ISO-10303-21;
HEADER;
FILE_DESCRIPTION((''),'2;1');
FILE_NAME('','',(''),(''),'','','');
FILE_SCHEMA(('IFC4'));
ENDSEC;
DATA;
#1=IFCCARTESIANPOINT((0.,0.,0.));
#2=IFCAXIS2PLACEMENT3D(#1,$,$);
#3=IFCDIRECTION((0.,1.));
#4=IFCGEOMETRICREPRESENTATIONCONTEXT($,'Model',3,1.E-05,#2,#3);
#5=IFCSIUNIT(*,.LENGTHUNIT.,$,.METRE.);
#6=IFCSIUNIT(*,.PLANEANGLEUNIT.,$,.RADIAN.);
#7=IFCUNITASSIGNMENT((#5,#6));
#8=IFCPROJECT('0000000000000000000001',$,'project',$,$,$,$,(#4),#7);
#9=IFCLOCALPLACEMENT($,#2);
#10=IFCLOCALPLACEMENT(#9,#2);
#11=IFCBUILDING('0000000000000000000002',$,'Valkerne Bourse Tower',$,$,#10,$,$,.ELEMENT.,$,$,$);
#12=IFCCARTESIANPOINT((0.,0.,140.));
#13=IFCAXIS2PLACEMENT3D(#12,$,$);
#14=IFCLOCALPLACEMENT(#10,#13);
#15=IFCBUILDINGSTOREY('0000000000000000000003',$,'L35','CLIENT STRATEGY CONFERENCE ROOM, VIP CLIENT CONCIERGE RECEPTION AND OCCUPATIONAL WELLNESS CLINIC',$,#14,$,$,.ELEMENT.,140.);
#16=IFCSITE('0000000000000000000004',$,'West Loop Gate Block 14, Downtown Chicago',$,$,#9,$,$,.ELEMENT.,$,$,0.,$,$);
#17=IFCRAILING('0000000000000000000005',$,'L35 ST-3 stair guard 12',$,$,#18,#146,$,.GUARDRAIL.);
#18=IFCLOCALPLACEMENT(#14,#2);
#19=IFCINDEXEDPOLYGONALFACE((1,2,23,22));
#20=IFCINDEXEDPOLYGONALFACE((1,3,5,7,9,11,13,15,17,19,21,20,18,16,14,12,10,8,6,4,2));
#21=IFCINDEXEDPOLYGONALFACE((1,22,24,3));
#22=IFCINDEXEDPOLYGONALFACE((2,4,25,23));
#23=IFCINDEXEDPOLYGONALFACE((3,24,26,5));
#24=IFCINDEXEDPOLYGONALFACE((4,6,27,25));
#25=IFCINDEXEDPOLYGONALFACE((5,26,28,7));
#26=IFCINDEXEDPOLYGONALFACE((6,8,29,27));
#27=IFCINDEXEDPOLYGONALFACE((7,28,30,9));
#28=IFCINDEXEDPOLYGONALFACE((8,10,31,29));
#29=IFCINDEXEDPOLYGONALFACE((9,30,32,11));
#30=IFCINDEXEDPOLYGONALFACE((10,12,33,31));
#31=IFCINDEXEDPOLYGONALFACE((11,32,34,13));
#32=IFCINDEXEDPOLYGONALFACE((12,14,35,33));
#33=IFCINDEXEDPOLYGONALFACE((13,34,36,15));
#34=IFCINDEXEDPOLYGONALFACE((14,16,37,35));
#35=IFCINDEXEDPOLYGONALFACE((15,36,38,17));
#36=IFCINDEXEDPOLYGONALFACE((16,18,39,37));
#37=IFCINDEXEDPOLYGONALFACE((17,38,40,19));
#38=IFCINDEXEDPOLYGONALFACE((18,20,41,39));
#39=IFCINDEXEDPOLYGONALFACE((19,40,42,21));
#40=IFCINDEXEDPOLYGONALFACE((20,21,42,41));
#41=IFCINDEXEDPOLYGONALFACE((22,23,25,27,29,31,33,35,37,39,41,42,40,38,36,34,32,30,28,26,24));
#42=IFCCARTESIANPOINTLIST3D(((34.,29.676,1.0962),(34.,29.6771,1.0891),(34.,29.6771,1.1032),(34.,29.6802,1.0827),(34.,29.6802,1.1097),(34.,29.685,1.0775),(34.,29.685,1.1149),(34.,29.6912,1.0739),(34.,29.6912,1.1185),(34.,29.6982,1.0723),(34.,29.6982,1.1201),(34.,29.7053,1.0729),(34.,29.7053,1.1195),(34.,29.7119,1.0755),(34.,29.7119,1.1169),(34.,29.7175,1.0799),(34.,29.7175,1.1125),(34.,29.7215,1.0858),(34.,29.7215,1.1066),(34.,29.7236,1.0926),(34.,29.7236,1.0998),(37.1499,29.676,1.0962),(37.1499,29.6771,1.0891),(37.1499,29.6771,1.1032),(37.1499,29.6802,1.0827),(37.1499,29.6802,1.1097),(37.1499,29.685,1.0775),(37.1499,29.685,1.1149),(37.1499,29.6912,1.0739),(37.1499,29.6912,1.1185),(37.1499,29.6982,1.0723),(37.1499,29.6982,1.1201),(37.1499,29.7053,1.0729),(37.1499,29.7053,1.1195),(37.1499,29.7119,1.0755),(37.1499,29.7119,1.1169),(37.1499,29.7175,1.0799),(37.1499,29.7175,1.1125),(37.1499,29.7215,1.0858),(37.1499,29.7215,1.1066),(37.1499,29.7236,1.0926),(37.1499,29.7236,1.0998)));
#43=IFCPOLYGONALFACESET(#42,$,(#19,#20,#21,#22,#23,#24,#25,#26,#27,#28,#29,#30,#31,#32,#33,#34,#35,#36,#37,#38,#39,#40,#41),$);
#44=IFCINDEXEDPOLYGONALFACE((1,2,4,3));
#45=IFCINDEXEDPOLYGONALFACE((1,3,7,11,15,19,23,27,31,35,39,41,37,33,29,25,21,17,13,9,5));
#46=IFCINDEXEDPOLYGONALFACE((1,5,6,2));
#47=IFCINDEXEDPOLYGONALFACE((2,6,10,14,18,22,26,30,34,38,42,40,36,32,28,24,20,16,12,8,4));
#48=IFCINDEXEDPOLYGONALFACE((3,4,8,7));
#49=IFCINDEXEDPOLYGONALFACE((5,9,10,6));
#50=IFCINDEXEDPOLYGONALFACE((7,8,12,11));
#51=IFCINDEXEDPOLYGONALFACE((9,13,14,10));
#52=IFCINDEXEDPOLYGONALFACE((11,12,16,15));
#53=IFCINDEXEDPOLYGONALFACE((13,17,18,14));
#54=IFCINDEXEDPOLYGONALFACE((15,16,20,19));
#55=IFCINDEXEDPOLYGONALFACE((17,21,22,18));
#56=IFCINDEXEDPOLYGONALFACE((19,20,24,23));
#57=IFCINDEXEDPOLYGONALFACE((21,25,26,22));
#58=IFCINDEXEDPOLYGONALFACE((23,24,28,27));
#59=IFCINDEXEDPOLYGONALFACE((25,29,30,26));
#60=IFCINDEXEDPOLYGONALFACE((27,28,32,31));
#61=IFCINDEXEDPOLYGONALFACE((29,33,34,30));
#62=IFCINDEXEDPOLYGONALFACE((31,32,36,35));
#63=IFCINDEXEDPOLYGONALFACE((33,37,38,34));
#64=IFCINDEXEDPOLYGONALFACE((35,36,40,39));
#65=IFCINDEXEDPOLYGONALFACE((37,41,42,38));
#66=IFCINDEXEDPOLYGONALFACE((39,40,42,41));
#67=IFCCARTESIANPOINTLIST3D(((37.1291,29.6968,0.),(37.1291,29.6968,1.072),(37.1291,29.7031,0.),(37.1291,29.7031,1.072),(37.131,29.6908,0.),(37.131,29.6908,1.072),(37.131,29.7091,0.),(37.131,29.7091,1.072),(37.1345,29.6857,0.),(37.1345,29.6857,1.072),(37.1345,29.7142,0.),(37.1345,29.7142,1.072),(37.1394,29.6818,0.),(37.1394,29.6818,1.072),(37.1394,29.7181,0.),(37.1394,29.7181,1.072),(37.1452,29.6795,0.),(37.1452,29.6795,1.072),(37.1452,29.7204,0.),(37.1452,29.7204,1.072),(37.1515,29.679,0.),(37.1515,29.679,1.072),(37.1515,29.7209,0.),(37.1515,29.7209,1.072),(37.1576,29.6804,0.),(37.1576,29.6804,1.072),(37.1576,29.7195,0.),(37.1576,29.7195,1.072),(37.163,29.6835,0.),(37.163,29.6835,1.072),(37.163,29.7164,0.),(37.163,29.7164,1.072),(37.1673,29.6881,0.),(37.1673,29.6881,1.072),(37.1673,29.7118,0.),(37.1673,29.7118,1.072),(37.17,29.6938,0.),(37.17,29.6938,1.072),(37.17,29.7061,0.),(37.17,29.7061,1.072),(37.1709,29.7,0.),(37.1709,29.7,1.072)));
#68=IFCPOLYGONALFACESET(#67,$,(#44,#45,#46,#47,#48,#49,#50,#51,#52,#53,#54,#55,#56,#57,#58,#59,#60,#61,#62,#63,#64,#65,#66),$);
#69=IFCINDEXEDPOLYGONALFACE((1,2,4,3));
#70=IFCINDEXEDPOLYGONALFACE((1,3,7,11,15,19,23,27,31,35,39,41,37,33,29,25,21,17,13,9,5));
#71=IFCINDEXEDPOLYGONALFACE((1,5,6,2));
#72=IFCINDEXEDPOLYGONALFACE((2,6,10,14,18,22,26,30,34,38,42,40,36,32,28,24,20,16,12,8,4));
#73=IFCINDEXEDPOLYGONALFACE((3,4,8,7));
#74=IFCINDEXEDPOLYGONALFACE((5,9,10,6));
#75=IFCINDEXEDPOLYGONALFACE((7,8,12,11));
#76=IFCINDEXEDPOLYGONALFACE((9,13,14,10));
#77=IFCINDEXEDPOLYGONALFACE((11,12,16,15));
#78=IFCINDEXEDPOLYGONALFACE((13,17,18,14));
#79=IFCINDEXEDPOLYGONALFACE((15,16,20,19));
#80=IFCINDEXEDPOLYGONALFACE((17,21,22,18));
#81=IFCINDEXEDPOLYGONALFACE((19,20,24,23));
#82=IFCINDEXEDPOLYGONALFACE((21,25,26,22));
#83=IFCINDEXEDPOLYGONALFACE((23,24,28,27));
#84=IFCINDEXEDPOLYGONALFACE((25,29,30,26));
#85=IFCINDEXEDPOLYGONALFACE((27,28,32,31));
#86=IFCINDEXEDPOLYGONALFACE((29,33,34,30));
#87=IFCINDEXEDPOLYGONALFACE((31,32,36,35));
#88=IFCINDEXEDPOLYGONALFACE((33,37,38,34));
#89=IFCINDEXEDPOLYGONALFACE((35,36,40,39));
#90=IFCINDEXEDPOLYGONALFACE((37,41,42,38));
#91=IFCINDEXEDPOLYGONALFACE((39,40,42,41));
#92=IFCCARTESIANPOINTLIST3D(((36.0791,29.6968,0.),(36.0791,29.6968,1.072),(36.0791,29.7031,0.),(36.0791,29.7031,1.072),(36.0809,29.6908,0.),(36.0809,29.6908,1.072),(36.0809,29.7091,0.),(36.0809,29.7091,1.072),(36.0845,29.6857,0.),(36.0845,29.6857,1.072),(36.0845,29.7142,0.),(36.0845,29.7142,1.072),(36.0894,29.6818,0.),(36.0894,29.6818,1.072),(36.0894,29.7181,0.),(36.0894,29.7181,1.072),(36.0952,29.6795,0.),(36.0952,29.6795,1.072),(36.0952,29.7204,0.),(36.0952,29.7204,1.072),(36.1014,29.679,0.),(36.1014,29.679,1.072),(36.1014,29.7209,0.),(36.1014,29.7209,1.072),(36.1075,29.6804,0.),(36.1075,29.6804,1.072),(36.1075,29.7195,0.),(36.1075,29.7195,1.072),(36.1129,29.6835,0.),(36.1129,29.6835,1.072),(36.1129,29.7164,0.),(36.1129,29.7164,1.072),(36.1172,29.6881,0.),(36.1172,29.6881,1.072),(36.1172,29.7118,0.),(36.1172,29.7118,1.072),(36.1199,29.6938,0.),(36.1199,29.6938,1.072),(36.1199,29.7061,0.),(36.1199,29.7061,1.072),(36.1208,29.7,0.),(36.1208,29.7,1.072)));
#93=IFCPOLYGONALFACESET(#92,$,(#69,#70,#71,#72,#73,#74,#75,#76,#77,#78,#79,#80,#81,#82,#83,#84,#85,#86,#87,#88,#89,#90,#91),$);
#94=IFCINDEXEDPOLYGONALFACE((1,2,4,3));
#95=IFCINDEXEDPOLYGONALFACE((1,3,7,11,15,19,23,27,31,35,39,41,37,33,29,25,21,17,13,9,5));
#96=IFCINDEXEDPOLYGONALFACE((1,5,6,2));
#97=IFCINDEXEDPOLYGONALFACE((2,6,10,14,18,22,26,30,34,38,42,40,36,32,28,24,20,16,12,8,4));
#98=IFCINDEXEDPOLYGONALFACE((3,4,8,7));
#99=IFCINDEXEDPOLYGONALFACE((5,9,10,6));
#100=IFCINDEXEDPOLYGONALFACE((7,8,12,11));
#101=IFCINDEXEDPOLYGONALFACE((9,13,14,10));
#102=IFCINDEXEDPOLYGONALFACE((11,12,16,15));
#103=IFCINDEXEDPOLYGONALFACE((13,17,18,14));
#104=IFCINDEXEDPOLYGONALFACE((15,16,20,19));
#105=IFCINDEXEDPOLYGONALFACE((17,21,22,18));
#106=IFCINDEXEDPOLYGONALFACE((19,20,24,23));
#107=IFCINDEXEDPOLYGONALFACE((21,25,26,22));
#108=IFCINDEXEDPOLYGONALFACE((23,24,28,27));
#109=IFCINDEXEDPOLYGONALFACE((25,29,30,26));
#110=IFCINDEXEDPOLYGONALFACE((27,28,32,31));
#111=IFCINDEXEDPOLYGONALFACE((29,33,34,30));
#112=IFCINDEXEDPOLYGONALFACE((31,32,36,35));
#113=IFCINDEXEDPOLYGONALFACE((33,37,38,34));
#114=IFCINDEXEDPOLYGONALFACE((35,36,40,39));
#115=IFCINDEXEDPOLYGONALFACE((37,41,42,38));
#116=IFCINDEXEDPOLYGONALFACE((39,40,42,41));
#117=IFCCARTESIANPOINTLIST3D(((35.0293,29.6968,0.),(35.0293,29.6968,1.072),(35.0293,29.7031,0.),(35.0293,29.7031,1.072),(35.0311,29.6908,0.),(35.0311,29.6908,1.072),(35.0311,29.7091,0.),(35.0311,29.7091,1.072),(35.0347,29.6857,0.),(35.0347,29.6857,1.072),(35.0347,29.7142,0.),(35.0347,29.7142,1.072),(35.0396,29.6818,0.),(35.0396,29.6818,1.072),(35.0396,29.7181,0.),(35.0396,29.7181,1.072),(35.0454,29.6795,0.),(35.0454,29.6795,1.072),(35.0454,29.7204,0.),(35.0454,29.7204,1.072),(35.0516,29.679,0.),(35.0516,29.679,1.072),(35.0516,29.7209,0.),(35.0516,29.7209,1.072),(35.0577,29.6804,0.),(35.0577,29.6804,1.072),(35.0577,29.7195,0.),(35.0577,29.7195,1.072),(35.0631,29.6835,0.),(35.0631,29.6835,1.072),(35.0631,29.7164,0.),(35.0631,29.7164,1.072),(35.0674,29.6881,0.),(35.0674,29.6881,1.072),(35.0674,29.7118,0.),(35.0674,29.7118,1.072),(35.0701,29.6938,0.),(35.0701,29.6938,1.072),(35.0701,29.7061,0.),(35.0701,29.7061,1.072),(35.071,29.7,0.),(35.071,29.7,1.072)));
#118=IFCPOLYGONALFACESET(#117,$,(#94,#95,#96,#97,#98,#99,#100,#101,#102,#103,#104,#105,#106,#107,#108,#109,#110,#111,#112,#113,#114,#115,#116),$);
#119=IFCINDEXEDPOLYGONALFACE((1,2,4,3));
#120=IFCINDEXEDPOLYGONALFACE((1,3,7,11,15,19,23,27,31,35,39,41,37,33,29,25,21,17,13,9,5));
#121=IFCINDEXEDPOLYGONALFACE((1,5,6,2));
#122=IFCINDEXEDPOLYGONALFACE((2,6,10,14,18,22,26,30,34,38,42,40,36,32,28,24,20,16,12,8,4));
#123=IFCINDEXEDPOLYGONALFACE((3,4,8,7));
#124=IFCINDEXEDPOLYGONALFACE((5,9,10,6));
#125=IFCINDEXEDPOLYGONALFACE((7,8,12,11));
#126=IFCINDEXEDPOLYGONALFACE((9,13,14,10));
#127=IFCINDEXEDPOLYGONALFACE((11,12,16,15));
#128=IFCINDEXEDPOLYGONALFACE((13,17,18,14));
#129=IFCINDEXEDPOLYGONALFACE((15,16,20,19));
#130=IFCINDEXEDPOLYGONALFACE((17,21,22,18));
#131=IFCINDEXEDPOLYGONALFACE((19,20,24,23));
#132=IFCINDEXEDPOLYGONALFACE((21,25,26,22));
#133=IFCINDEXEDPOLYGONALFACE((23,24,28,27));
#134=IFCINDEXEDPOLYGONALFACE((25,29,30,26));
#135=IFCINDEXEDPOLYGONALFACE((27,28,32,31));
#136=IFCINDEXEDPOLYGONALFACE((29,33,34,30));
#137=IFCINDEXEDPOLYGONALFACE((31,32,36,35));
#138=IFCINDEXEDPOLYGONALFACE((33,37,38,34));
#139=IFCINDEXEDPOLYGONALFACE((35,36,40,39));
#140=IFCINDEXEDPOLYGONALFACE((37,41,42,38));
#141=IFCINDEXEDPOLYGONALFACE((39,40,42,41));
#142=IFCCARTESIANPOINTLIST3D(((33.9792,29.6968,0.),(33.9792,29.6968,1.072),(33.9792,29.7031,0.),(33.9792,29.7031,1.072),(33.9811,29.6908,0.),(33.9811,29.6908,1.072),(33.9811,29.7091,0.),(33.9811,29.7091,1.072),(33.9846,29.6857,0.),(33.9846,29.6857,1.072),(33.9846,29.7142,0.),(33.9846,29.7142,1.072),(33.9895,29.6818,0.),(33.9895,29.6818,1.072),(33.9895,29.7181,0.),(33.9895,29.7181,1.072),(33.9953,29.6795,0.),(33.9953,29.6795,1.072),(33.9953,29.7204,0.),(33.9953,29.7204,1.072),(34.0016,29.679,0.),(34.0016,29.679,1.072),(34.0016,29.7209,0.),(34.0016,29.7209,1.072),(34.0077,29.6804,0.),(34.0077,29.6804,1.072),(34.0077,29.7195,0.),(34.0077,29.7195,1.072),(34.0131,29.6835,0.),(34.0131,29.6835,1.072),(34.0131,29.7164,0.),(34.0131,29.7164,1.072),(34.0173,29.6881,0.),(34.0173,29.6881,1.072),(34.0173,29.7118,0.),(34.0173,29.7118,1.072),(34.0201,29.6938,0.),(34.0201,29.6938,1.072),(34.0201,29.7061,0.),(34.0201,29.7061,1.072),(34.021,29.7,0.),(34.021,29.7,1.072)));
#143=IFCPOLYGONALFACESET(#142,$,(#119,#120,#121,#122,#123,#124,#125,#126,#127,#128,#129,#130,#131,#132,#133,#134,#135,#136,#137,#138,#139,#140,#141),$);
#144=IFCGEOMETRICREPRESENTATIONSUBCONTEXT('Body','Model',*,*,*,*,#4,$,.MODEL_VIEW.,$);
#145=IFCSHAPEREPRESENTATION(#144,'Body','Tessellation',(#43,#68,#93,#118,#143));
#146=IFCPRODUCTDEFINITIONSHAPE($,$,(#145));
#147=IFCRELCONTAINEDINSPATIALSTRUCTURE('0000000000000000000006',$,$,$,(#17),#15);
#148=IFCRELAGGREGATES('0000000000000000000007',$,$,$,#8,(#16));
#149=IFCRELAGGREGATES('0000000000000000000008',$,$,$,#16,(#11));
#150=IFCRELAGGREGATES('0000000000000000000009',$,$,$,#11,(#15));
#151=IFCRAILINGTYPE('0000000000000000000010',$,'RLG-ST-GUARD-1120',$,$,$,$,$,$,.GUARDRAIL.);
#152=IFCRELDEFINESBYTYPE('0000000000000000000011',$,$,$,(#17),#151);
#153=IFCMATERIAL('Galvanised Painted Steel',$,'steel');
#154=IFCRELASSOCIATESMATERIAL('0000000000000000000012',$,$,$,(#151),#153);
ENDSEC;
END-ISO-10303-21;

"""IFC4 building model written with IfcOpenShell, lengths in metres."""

from ifc_helpers import new_model, si_unit, direction, frame, origin, origin_2d, place, context, subcontext, project, spatial, circle, extrude, material, type_object, element, save


model = new_model("IFC4")

# Units and contexts
model_context = context("Model", 3, precision=1e-05, world=origin(), true_north=direction((0.0, 1.0)))
body_context = subcontext(model_context, "Body", "Model", "MODEL_VIEW")
ifc_project = project(units=[si_unit("LENGTHUNIT", "METRE"), si_unit("PLANEANGLEUNIT", "RADIAN")], contexts=[model_context])

# Site, building, storey
site_placement = place(None, origin())
site = spatial("IfcSite", under=ifc_project, at=site_placement, Name="West Loop Gate Block 14, Downtown Chicago", CompositionType="ELEMENT", RefElevation=0.0)
building_placement = place(site_placement, origin())
building = spatial("IfcBuilding", under=site, at=building_placement, Name="Valkerne Bourse Tower", CompositionType="ELEMENT")
storey_placement = place(building_placement, frame((0.0, 0.0, 140.0)))
storey = spatial("IfcBuildingStorey", under=building, at=storey_placement, Name="L35", Description="CLIENT STRATEGY CONFERENCE ROOM, VIP CLIENT CONCIERGE RECEPTION AND OCCUPATIONAL WELLNESS CLINIC", CompositionType="ELEMENT", Elevation=140.0)

# Railing
ifc_material_1 = material(Name="Galvanised Painted Steel", Category="steel")
railing_type_1 = type_object("IfcRailingType", Name="RLG-ST-GUARD-1120", PredefinedType="GUARDRAIL", material=ifc_material_1)
railing_1_placement = place(storey_placement, frame((37.1499, 29.7, 0.0)))
element("IfcRailing", 1, at=railing_1_placement, inside=storey, type_object=railing_type_1, Name="L35 ST-3 stair guard 12", PredefinedType="GUARDRAIL", context=body_context, shape_type="SweptSolid", body=[
    extrude(circle(Radius=0.0239, at=origin_2d()), frame((0.0, 0.0, 1.0962), z_axis=(-1.0, 0.0, 0.0), x_axis=(0.0, -1.0, 0.0)), (0.0, 0.0, 1.0), 3.1499),
    extrude(circle(Radius=0.021, at=origin_2d()), origin(), (0.0, 0.0, 1.0), 1.072),
    extrude(circle(Radius=0.021, at=origin_2d()), frame((-1.05, 0.0, 0.0)), (0.0, 0.0, 1.0), 1.072),
    extrude(circle(Radius=0.021, at=origin_2d()), frame((-2.0999, 0.0, 0.0)), (0.0, 0.0, 1.0), 1.072),
    extrude(circle(Radius=0.021, at=origin_2d()), frame((-3.1499, 0.0, 0.0)), (0.0, 0.0, 1.0), 1.072),
])

save(model, "model.ifc")
